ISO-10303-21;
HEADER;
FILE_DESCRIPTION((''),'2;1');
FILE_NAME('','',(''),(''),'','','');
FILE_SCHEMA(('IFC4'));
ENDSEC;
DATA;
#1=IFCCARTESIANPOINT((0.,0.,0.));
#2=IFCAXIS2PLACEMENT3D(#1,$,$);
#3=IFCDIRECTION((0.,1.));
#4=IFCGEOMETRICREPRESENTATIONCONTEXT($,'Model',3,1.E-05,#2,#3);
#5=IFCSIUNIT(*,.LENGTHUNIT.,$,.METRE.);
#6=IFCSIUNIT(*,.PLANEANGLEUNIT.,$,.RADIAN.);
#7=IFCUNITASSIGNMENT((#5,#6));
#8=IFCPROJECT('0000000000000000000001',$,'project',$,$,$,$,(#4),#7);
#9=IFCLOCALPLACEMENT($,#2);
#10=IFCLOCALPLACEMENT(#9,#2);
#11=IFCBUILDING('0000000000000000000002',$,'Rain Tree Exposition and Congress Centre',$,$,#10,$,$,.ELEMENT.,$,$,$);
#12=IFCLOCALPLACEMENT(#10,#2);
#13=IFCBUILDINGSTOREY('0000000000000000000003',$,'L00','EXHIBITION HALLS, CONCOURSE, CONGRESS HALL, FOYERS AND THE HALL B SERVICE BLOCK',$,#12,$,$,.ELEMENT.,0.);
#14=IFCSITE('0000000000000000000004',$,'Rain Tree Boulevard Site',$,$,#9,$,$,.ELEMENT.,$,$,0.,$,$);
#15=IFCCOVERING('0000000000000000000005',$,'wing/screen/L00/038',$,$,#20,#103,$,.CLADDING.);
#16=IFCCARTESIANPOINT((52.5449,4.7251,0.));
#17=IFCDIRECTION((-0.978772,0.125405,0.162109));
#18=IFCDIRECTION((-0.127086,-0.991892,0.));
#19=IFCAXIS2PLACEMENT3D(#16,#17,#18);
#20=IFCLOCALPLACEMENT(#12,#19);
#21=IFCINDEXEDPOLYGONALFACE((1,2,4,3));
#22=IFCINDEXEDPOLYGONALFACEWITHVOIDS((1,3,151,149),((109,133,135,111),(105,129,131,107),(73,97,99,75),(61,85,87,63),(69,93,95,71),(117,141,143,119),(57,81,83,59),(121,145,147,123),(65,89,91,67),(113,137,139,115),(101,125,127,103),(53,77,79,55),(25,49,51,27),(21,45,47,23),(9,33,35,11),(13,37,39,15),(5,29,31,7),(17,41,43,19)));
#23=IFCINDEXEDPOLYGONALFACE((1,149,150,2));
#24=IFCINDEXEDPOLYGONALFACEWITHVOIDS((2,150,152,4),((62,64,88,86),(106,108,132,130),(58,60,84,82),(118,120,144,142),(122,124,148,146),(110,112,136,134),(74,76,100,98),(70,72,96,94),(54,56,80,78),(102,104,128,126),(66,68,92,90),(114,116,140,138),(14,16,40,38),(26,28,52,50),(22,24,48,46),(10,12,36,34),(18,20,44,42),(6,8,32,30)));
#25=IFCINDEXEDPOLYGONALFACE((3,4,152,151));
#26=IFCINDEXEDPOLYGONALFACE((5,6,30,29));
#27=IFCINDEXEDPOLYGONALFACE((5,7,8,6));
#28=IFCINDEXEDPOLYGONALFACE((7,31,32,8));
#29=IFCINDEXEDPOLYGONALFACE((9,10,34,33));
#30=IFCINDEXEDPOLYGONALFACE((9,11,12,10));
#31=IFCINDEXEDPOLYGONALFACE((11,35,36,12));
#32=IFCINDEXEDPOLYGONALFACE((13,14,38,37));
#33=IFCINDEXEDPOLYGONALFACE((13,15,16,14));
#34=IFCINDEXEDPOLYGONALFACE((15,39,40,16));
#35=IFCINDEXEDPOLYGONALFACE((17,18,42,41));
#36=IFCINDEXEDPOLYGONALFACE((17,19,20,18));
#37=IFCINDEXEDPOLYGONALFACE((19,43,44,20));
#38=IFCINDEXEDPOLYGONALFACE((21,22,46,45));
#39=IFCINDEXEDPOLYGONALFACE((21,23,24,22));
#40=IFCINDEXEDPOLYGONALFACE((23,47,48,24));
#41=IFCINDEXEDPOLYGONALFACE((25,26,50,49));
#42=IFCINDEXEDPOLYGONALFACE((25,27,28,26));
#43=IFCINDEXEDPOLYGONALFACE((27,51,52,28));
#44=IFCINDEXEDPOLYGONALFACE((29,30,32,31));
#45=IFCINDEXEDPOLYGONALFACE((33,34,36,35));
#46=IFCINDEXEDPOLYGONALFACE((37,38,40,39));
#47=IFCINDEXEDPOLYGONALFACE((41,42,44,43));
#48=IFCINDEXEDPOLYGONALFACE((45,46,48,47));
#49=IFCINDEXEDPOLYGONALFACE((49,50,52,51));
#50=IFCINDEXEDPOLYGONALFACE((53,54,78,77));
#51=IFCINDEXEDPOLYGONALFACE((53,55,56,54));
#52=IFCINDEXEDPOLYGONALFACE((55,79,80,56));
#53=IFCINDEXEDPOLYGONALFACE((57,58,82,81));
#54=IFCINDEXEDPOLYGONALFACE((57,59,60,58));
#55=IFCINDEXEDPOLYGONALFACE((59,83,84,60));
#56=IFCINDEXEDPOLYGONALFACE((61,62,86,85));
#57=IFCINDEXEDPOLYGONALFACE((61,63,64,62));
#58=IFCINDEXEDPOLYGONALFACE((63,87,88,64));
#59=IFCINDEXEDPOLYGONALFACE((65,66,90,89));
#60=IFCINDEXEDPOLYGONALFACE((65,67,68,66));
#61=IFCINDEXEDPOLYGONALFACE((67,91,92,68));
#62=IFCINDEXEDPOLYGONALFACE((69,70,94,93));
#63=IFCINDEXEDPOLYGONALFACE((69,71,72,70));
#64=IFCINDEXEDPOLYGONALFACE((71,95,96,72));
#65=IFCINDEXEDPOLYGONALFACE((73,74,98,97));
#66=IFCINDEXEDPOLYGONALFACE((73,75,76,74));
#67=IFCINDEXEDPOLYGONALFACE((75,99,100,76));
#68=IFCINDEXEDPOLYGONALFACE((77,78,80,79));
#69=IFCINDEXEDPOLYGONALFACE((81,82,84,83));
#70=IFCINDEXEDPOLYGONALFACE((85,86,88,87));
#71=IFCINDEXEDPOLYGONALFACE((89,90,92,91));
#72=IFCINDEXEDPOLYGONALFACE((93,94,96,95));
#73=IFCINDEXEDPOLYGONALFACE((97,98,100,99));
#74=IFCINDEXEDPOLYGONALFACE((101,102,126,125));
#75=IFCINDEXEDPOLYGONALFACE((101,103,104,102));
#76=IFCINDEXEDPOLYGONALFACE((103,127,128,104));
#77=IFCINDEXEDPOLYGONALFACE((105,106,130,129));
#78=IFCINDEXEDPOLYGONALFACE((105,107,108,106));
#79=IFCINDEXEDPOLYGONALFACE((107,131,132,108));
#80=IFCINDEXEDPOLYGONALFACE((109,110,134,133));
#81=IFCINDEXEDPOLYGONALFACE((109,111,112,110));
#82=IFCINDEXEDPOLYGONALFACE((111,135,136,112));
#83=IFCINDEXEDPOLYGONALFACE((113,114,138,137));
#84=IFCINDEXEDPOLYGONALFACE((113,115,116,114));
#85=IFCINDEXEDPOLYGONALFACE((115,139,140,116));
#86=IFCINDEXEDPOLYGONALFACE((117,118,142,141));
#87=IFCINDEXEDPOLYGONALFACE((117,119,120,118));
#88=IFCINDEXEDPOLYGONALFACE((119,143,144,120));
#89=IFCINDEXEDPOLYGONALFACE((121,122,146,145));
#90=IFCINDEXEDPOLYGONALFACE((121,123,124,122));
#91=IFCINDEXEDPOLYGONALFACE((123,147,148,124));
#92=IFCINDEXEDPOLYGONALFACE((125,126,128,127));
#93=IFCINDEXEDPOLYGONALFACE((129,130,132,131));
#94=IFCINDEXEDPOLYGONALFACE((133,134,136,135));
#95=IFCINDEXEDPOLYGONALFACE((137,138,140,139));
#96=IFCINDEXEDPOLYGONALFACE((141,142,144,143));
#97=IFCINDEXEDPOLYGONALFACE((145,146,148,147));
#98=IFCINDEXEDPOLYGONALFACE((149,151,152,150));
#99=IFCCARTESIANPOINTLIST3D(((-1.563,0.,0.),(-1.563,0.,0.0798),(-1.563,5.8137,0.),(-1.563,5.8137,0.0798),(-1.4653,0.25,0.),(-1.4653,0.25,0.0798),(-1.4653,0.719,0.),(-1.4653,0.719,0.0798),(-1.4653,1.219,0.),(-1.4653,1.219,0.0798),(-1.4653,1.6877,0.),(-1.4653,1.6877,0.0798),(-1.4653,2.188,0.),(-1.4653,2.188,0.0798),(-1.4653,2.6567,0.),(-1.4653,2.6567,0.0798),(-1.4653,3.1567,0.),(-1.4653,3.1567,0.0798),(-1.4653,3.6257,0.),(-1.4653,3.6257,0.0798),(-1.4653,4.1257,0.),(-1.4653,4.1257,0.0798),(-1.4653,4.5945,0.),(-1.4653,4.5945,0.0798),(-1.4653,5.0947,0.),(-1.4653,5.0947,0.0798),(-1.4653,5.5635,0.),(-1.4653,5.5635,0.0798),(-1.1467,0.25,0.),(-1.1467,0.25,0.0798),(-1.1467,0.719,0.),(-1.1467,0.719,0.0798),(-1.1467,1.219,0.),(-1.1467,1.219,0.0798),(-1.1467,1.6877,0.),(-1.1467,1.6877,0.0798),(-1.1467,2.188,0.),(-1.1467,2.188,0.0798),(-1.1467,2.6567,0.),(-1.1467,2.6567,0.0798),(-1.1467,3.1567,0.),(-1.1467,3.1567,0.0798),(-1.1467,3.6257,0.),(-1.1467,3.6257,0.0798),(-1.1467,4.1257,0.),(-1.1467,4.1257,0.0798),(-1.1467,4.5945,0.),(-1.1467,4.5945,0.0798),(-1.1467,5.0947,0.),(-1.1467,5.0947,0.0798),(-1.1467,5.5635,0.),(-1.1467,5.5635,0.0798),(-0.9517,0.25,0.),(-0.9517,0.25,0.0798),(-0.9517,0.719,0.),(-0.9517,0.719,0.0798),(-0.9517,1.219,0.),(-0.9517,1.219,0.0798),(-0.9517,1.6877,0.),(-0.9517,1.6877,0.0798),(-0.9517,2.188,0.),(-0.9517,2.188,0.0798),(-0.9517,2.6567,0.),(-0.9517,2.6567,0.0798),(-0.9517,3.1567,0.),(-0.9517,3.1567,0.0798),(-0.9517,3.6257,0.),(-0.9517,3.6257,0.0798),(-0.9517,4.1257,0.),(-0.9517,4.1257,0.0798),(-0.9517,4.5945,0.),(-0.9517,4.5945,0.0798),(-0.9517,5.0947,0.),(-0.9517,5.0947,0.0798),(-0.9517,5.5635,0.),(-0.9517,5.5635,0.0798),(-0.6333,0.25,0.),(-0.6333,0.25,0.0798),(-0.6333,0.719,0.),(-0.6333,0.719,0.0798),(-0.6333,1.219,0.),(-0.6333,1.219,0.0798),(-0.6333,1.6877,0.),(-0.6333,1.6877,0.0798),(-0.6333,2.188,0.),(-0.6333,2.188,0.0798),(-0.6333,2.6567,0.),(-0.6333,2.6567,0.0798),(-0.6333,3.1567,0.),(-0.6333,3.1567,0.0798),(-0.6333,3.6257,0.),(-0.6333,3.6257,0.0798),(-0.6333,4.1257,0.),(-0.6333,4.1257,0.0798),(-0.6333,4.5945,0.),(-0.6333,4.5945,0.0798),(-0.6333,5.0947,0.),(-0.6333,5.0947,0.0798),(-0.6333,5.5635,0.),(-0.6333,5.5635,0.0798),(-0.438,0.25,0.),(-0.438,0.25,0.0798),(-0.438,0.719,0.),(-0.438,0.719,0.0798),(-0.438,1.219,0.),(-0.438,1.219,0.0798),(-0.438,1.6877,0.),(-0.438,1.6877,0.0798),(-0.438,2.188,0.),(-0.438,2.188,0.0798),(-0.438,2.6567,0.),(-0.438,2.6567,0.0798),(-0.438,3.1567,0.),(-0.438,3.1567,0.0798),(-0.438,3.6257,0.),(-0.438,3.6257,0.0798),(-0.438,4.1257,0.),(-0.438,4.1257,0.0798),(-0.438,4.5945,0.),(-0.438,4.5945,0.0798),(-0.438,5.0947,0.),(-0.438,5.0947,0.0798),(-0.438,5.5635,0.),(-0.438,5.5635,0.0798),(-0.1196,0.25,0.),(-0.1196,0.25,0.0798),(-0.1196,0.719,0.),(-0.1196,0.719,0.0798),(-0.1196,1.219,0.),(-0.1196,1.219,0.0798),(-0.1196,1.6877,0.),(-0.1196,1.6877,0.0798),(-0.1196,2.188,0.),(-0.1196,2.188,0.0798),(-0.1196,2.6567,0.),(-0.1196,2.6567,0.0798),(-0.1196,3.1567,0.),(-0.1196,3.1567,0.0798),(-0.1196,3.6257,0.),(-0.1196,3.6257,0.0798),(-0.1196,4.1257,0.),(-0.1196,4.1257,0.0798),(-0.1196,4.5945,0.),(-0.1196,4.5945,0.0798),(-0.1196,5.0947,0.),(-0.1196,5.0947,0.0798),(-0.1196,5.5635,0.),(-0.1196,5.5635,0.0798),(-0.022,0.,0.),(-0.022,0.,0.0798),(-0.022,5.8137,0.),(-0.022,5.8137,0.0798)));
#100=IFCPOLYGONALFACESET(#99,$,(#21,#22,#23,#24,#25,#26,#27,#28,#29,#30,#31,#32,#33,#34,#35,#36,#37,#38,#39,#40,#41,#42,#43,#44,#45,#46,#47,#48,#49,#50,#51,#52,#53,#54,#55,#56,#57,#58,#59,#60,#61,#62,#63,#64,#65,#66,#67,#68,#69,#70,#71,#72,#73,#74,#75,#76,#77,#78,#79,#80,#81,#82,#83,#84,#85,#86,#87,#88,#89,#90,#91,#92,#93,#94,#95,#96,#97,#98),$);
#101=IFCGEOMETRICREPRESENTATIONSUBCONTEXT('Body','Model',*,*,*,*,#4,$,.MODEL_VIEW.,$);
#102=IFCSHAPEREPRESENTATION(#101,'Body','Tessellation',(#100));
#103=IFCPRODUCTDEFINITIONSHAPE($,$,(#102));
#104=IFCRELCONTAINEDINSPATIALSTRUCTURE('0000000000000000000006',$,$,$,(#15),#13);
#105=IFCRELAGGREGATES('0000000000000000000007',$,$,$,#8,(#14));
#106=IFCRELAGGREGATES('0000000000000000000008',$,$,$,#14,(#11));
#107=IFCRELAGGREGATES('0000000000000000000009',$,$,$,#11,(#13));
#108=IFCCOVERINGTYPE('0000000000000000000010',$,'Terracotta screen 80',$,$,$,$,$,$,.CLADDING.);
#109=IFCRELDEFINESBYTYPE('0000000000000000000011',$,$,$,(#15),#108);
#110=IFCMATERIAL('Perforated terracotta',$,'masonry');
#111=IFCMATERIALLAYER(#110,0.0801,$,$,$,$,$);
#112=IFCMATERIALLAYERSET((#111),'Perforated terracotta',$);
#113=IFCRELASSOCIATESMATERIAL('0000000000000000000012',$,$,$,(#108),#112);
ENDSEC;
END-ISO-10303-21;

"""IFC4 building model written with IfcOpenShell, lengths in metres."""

from ifc_helpers import new_model, si_unit, direction, frame, origin, place, context, subcontext, project, spatial, polyline, outline, extrude, material, layer, layer_set, type_object, element, save


model = new_model("IFC4")

# Units and contexts
model_context = context("Model", 3, precision=1e-05, world=origin(), true_north=direction((0.0, 1.0)))
body_context = subcontext(model_context, "Body", "Model", "MODEL_VIEW")
ifc_project = project(units=[si_unit("LENGTHUNIT", "METRE"), si_unit("PLANEANGLEUNIT", "RADIAN")], contexts=[model_context])

# Site, building, storey
site_placement = place(None, origin())
site = spatial("IfcSite", under=ifc_project, at=site_placement, Name="Rain Tree Boulevard Site", CompositionType="ELEMENT", RefElevation=0.0)
building_placement = place(site_placement, origin())
building = spatial("IfcBuilding", under=site, at=building_placement, Name="Rain Tree Exposition and Congress Centre", CompositionType="ELEMENT")
storey_placement = place(building_placement, origin())
storey = spatial("IfcBuildingStorey", under=building, at=storey_placement, Name="L00", Description="EXHIBITION HALLS, CONCOURSE, CONGRESS HALL, FOYERS AND THE HALL B SERVICE BLOCK", CompositionType="ELEMENT", Elevation=0.0)

# Covering
ifc_material_1 = material(Name="Perforated terracotta", Category="masonry")
ifc_layer = layer(ifc_material_1, 0.0801)
ifc_layer_set = layer_set([ifc_layer], Name="Perforated terracotta")
covering_type = type_object("IfcCoveringType", Name="Terracotta screen 80", PredefinedType="CLADDING", material=ifc_layer_set)
covering_1_placement = place(storey_placement, frame((52.5449, 4.7251, 0.0), z_axis=(-0.978772, 0.125405, 0.162109), x_axis=(-0.127086, -0.991892, 0.0)))
element("IfcCovering", 1, at=covering_1_placement, inside=storey, type_object=covering_type, Name="wing/screen/L00/038", PredefinedType="CLADDING", context=body_context, shape_type="SweptSolid", body=[
    extrude(outline(polyline([(-0.022, 5.8137), (-0.022, 0.0), (-1.563, 0.0), (-1.563, 5.8137), (-0.022, 5.8137)]), holes=[polyline([(-0.1196, 0.25), (-0.1196, 0.719), (-0.438, 0.719), (-0.438, 0.25), (-0.1196, 0.25)]), polyline([(-0.1196, 1.219), (-0.1196, 1.6877), (-0.438, 1.6877), (-0.438, 1.219), (-0.1196, 1.219)]), polyline([(-0.1196, 2.188), (-0.1196, 2.6567), (-0.438, 2.6567), (-0.438, 2.188), (-0.1196, 2.188)]), polyline([(-0.1196, 3.1567), (-0.1196, 3.6257), (-0.438, 3.6257), (-0.438, 3.1567), (-0.1196, 3.1567)]), polyline([(-0.1196, 4.1257), (-0.1196, 4.5945), (-0.438, 4.5945), (-0.438, 4.1257), (-0.1196, 4.1257)]), polyline([(-0.1196, 5.0947), (-0.1196, 5.5635), (-0.438, 5.5635), (-0.438, 5.0947), (-0.1196, 5.0947)]), polyline([(-0.6333, 0.25), (-0.6333, 0.719), (-0.9517, 0.719), (-0.9517, 0.25), (-0.6333, 0.25)]), polyline([(-0.6333, 1.219), (-0.6333, 1.6877), (-0.9517, 1.6877), (-0.9517, 1.219), (-0.6333, 1.219)]), polyline([(-0.6333, 2.188), (-0.6333, 2.6567), (-0.9517, 2.6567), (-0.9517, 2.188), (-0.6333, 2.188)]), polyline([(-0.6333, 3.1567), (-0.6333, 3.6257), (-0.9517, 3.6257), (-0.9517, 3.1567), (-0.6333, 3.1567)]), polyline([(-0.6333, 4.1257), (-0.6333, 4.5945), (-0.9517, 4.5945), (-0.9517, 4.1257), (-0.6333, 4.1257)]), polyline([(-0.6333, 5.0947), (-0.6333, 5.5635), (-0.9517, 5.5635), (-0.9517, 5.0947), (-0.6333, 5.0947)]), polyline([(-1.1467, 0.25), (-1.1467, 0.719), (-1.4653, 0.719), (-1.4653, 0.25), (-1.1467, 0.25)]), polyline([(-1.1467, 1.219), (-1.1467, 1.6877), (-1.4653, 1.6877), (-1.4653, 1.219), (-1.1467, 1.219)]), polyline([(-1.1467, 2.188), (-1.1467, 2.6567), (-1.4653, 2.6567), (-1.4653, 2.188), (-1.1467, 2.188)]), polyline([(-1.1467, 3.1567), (-1.1467, 3.6257), (-1.4653, 3.6257), (-1.4653, 3.1567), (-1.1467, 3.1567)]), polyline([(-1.1467, 4.1257), (-1.1467, 4.5945), (-1.4653, 4.5945), (-1.4653, 4.1257), (-1.1467, 4.1257)]), polyline([(-1.1467, 5.0947), (-1.1467, 5.5635), (-1.4653, 5.5635), (-1.4653, 5.0947), (-1.1467, 5.0947)])]), origin(), (0.0, 0.0, 1.0), 0.0798),
])

save(model, "model.ifc")
